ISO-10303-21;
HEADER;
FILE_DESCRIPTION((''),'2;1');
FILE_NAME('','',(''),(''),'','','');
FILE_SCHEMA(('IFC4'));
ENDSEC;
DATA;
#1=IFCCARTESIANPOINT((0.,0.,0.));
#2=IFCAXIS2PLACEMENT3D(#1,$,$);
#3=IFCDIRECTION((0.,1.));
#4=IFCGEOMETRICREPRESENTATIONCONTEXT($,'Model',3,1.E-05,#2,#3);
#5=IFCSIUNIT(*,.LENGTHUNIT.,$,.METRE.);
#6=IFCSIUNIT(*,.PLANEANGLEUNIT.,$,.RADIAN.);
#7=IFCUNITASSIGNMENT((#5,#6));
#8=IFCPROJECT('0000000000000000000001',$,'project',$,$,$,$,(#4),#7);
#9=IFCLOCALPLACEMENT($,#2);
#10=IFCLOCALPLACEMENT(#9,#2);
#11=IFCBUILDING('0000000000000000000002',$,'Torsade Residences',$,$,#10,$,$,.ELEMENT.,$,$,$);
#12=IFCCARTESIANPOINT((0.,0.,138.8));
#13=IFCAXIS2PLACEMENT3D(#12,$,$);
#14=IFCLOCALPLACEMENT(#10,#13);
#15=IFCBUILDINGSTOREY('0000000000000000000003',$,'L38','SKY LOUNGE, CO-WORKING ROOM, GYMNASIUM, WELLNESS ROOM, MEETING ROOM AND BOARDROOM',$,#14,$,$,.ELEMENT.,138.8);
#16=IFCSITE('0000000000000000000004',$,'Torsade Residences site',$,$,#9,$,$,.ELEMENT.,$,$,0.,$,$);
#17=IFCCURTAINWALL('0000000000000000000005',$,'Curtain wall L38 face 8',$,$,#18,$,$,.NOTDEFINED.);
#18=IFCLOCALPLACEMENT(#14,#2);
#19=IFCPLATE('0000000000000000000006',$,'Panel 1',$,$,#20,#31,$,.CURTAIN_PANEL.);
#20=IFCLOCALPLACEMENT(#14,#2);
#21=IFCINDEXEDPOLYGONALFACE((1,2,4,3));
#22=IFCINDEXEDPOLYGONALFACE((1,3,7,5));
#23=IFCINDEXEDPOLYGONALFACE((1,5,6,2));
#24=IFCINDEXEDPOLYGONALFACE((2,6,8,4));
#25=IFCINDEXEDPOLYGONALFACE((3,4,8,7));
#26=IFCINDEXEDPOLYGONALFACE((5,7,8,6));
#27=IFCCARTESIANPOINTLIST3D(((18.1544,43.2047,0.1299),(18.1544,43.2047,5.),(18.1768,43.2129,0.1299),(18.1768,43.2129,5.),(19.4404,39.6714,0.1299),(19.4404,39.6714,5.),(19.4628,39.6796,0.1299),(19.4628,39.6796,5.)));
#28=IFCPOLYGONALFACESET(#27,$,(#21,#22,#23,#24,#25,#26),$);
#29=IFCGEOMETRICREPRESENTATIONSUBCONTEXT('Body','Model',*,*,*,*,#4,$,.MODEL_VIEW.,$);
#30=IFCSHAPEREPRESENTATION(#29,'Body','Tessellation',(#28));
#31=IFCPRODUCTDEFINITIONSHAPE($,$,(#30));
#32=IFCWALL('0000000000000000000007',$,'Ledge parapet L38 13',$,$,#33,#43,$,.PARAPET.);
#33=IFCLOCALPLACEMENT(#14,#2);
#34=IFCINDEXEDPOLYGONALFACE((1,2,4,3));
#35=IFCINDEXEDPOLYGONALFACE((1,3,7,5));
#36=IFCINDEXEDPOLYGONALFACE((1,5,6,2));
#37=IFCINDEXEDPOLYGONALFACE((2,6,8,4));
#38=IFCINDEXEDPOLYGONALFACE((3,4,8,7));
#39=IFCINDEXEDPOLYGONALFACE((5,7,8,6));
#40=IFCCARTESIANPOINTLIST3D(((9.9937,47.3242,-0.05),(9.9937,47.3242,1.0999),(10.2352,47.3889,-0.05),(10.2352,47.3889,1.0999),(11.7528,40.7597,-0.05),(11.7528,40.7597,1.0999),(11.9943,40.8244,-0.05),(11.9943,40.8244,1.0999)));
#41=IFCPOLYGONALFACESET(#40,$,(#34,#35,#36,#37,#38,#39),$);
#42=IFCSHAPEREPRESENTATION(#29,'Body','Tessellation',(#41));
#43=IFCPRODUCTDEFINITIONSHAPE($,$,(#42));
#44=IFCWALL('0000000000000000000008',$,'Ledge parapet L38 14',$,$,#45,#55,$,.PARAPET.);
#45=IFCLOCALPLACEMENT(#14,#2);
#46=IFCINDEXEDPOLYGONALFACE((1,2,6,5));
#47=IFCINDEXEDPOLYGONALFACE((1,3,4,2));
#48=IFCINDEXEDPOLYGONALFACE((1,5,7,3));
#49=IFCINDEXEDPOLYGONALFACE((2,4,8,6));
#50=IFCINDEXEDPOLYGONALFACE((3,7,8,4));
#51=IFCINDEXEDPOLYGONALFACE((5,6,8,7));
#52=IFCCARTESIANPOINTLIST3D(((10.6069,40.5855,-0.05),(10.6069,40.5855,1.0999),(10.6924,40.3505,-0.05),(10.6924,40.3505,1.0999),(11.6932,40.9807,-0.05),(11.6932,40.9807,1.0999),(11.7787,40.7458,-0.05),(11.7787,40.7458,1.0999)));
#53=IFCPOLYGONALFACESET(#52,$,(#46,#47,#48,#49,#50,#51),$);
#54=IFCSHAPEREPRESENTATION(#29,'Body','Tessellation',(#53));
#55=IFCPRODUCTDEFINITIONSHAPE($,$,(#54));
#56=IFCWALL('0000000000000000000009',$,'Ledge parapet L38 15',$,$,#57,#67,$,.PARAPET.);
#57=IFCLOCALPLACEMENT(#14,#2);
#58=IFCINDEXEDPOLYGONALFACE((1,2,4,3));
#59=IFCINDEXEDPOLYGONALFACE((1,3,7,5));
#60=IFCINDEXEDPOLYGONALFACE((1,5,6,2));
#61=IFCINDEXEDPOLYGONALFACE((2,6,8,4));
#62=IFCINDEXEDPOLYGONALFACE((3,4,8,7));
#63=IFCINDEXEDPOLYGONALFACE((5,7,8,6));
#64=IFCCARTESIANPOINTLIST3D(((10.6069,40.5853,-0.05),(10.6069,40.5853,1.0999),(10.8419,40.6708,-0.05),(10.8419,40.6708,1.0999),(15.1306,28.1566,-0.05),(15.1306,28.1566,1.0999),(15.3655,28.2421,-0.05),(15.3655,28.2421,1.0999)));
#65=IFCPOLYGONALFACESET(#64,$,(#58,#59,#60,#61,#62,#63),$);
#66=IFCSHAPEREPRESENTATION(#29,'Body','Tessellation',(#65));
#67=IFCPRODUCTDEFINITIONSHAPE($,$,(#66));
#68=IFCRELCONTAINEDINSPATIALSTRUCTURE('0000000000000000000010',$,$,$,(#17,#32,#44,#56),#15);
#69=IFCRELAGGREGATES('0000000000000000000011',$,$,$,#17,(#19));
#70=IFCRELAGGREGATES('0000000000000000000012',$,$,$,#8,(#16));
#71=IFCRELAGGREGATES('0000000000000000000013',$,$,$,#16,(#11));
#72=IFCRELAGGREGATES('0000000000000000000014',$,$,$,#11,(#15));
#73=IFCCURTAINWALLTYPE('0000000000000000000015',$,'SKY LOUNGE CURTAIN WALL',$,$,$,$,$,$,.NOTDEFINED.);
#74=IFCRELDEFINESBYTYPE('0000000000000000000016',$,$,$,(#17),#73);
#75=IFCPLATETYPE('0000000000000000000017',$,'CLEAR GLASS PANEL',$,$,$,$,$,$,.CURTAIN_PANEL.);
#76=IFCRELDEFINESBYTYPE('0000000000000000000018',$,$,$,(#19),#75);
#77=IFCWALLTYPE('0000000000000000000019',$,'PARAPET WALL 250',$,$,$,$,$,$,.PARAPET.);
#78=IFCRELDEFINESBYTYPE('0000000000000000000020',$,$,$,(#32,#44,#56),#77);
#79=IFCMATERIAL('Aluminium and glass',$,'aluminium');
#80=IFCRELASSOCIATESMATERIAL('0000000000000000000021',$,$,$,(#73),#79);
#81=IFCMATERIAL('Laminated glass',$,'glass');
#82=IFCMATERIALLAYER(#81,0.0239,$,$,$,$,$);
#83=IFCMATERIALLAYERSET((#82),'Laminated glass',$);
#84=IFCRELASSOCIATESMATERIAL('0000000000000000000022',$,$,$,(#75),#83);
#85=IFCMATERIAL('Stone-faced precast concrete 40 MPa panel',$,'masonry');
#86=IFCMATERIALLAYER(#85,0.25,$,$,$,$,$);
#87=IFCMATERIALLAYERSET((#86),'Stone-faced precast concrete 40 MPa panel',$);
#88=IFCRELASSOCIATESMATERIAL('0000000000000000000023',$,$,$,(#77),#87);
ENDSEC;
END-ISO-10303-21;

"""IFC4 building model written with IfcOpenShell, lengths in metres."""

from ifc_helpers import new_model, si_unit, direction, frame, frame_2d, origin, origin_2d, place, context, subcontext, project, spatial, rectangle, extrude, material, layer, layer_set, type_object, element, aggregate, save


model = new_model("IFC4")

# Units and contexts
model_context = context("Model", 3, precision=1e-05, world=origin(), true_north=direction((0.0, 1.0)))
body_context = subcontext(model_context, "Body", "Model", "MODEL_VIEW")
ifc_project = project(units=[si_unit("LENGTHUNIT", "METRE"), si_unit("PLANEANGLEUNIT", "RADIAN")], contexts=[model_context])

# Site, building, storey
site_placement = place(None, origin())
site = spatial("IfcSite", under=ifc_project, at=site_placement, Name="Torsade Residences site", CompositionType="ELEMENT", RefElevation=0.0)
building_placement = place(site_placement, origin())
building = spatial("IfcBuilding", under=site, at=building_placement, Name="Torsade Residences", CompositionType="ELEMENT")
storey_placement = place(building_placement, frame((0.0, 0.0, 138.8)))
storey = spatial("IfcBuildingStorey", under=building, at=storey_placement, Name="L38", Description="SKY LOUNGE, CO-WORKING ROOM, GYMNASIUM, WELLNESS ROOM, MEETING ROOM AND BOARDROOM", CompositionType="ELEMENT", Elevation=138.8)

# Curtain wall
ifc_material_1 = material(Name="Aluminium and glass", Category="aluminium")
curtain_wall_type = type_object("IfcCurtainWallType", Name="SKY LOUNGE CURTAIN WALL", PredefinedType="NOTDEFINED", material=ifc_material_1)
curtain_wall_1_placement = place(storey_placement, origin())
curtain_wall_1 = element("IfcCurtainWall", 1, at=curtain_wall_1_placement, inside=storey, type_object=curtain_wall_type, Name="Curtain wall L38 face 8", PredefinedType="NOTDEFINED")

# Plate
ifc_material_2 = material(Name="Laminated glass", Category="glass")
ifc_layer_1 = layer(ifc_material_2, 0.0239)
ifc_layer_set_1 = layer_set([ifc_layer_1], Name="Laminated glass")
plate_type = type_object("IfcPlateType", Name="CLEAR GLASS PANEL", PredefinedType="CURTAIN_PANEL", material=ifc_layer_set_1)
plate_1_placement = place(storey_placement, frame((18.8086, 41.4421, 0.1299), z_axis=(0.0, 0.0, 1.0), x_axis=(0.34202, -0.939693, 0.0)))
plate_1 = element("IfcPlate", 2, at=plate_1_placement, type_object=plate_type, Name="Panel 1", PredefinedType="CURTAIN_PANEL", context=body_context, shape_type="SweptSolid", body=[
    extrude(rectangle(XDim=3.76, YDim=0.0239, at=origin_2d()), origin(), (0.0, 0.0, 1.0), 4.8701),
])
aggregate(curtain_wall_1, [plate_1])

# Walls
ifc_material_3 = material(Name="Stone-faced precast concrete 40 MPa panel", Category="masonry")
ifc_layer_2 = layer(ifc_material_3, 0.25)
ifc_layer_set_2 = layer_set([ifc_layer_2], Name="Stone-faced precast concrete 40 MPa panel")
wall_type = type_object("IfcWallType", Name="PARAPET WALL 250", PredefinedType="PARAPET", material=ifc_layer_set_2)
wall_1_placement = place(storey_placement, frame((10.1145, 47.3564, -0.05), z_axis=(0.0, 0.0, 1.0), x_axis=(0.258832, -0.965922, 0.0)))
element("IfcWall", 3, at=wall_1_placement, inside=storey, type_object=wall_type, Name="Ledge parapet L38 13", PredefinedType="PARAPET", context=body_context, shape_type="SweptSolid", body=[
    extrude(rectangle(XDim=6.7961, YDim=0.25, at=frame_2d((3.3979, 0.0))), origin(), (0.0, 0.0, 1.0), 1.1499),
])
wall_2_placement = place(storey_placement, frame((11.7361, 40.8633, -0.05), z_axis=(0.0, 0.0, 1.0), x_axis=(-0.939738, -0.341896, 0.0)))
element("IfcWall", 4, at=wall_2_placement, inside=storey, type_object=wall_type, Name="Ledge parapet L38 14", PredefinedType="PARAPET", context=body_context, shape_type="SweptSolid", body=[
    extrude(rectangle(XDim=1.156, YDim=0.25, at=frame_2d((0.5781, 0.0))), origin(), (0.0, 0.0, 1.0), 1.1499),
])
wall_3_placement = place(storey_placement, frame((10.7244, 40.6282, -0.05), z_axis=(0.0, 0.0, 1.0), x_axis=(0.34202, -0.939693, 0.0)))
element("IfcWall", 5, at=wall_3_placement, inside=storey, type_object=wall_type, Name="Ledge parapet L38 15", PredefinedType="PARAPET", context=body_context, shape_type="SweptSolid", body=[
    extrude(rectangle(XDim=13.2263, YDim=0.25, at=frame_2d((6.6133, 0.0))), origin(), (0.0, 0.0, 1.0), 1.1499),
])

save(model, "model.ifc")
